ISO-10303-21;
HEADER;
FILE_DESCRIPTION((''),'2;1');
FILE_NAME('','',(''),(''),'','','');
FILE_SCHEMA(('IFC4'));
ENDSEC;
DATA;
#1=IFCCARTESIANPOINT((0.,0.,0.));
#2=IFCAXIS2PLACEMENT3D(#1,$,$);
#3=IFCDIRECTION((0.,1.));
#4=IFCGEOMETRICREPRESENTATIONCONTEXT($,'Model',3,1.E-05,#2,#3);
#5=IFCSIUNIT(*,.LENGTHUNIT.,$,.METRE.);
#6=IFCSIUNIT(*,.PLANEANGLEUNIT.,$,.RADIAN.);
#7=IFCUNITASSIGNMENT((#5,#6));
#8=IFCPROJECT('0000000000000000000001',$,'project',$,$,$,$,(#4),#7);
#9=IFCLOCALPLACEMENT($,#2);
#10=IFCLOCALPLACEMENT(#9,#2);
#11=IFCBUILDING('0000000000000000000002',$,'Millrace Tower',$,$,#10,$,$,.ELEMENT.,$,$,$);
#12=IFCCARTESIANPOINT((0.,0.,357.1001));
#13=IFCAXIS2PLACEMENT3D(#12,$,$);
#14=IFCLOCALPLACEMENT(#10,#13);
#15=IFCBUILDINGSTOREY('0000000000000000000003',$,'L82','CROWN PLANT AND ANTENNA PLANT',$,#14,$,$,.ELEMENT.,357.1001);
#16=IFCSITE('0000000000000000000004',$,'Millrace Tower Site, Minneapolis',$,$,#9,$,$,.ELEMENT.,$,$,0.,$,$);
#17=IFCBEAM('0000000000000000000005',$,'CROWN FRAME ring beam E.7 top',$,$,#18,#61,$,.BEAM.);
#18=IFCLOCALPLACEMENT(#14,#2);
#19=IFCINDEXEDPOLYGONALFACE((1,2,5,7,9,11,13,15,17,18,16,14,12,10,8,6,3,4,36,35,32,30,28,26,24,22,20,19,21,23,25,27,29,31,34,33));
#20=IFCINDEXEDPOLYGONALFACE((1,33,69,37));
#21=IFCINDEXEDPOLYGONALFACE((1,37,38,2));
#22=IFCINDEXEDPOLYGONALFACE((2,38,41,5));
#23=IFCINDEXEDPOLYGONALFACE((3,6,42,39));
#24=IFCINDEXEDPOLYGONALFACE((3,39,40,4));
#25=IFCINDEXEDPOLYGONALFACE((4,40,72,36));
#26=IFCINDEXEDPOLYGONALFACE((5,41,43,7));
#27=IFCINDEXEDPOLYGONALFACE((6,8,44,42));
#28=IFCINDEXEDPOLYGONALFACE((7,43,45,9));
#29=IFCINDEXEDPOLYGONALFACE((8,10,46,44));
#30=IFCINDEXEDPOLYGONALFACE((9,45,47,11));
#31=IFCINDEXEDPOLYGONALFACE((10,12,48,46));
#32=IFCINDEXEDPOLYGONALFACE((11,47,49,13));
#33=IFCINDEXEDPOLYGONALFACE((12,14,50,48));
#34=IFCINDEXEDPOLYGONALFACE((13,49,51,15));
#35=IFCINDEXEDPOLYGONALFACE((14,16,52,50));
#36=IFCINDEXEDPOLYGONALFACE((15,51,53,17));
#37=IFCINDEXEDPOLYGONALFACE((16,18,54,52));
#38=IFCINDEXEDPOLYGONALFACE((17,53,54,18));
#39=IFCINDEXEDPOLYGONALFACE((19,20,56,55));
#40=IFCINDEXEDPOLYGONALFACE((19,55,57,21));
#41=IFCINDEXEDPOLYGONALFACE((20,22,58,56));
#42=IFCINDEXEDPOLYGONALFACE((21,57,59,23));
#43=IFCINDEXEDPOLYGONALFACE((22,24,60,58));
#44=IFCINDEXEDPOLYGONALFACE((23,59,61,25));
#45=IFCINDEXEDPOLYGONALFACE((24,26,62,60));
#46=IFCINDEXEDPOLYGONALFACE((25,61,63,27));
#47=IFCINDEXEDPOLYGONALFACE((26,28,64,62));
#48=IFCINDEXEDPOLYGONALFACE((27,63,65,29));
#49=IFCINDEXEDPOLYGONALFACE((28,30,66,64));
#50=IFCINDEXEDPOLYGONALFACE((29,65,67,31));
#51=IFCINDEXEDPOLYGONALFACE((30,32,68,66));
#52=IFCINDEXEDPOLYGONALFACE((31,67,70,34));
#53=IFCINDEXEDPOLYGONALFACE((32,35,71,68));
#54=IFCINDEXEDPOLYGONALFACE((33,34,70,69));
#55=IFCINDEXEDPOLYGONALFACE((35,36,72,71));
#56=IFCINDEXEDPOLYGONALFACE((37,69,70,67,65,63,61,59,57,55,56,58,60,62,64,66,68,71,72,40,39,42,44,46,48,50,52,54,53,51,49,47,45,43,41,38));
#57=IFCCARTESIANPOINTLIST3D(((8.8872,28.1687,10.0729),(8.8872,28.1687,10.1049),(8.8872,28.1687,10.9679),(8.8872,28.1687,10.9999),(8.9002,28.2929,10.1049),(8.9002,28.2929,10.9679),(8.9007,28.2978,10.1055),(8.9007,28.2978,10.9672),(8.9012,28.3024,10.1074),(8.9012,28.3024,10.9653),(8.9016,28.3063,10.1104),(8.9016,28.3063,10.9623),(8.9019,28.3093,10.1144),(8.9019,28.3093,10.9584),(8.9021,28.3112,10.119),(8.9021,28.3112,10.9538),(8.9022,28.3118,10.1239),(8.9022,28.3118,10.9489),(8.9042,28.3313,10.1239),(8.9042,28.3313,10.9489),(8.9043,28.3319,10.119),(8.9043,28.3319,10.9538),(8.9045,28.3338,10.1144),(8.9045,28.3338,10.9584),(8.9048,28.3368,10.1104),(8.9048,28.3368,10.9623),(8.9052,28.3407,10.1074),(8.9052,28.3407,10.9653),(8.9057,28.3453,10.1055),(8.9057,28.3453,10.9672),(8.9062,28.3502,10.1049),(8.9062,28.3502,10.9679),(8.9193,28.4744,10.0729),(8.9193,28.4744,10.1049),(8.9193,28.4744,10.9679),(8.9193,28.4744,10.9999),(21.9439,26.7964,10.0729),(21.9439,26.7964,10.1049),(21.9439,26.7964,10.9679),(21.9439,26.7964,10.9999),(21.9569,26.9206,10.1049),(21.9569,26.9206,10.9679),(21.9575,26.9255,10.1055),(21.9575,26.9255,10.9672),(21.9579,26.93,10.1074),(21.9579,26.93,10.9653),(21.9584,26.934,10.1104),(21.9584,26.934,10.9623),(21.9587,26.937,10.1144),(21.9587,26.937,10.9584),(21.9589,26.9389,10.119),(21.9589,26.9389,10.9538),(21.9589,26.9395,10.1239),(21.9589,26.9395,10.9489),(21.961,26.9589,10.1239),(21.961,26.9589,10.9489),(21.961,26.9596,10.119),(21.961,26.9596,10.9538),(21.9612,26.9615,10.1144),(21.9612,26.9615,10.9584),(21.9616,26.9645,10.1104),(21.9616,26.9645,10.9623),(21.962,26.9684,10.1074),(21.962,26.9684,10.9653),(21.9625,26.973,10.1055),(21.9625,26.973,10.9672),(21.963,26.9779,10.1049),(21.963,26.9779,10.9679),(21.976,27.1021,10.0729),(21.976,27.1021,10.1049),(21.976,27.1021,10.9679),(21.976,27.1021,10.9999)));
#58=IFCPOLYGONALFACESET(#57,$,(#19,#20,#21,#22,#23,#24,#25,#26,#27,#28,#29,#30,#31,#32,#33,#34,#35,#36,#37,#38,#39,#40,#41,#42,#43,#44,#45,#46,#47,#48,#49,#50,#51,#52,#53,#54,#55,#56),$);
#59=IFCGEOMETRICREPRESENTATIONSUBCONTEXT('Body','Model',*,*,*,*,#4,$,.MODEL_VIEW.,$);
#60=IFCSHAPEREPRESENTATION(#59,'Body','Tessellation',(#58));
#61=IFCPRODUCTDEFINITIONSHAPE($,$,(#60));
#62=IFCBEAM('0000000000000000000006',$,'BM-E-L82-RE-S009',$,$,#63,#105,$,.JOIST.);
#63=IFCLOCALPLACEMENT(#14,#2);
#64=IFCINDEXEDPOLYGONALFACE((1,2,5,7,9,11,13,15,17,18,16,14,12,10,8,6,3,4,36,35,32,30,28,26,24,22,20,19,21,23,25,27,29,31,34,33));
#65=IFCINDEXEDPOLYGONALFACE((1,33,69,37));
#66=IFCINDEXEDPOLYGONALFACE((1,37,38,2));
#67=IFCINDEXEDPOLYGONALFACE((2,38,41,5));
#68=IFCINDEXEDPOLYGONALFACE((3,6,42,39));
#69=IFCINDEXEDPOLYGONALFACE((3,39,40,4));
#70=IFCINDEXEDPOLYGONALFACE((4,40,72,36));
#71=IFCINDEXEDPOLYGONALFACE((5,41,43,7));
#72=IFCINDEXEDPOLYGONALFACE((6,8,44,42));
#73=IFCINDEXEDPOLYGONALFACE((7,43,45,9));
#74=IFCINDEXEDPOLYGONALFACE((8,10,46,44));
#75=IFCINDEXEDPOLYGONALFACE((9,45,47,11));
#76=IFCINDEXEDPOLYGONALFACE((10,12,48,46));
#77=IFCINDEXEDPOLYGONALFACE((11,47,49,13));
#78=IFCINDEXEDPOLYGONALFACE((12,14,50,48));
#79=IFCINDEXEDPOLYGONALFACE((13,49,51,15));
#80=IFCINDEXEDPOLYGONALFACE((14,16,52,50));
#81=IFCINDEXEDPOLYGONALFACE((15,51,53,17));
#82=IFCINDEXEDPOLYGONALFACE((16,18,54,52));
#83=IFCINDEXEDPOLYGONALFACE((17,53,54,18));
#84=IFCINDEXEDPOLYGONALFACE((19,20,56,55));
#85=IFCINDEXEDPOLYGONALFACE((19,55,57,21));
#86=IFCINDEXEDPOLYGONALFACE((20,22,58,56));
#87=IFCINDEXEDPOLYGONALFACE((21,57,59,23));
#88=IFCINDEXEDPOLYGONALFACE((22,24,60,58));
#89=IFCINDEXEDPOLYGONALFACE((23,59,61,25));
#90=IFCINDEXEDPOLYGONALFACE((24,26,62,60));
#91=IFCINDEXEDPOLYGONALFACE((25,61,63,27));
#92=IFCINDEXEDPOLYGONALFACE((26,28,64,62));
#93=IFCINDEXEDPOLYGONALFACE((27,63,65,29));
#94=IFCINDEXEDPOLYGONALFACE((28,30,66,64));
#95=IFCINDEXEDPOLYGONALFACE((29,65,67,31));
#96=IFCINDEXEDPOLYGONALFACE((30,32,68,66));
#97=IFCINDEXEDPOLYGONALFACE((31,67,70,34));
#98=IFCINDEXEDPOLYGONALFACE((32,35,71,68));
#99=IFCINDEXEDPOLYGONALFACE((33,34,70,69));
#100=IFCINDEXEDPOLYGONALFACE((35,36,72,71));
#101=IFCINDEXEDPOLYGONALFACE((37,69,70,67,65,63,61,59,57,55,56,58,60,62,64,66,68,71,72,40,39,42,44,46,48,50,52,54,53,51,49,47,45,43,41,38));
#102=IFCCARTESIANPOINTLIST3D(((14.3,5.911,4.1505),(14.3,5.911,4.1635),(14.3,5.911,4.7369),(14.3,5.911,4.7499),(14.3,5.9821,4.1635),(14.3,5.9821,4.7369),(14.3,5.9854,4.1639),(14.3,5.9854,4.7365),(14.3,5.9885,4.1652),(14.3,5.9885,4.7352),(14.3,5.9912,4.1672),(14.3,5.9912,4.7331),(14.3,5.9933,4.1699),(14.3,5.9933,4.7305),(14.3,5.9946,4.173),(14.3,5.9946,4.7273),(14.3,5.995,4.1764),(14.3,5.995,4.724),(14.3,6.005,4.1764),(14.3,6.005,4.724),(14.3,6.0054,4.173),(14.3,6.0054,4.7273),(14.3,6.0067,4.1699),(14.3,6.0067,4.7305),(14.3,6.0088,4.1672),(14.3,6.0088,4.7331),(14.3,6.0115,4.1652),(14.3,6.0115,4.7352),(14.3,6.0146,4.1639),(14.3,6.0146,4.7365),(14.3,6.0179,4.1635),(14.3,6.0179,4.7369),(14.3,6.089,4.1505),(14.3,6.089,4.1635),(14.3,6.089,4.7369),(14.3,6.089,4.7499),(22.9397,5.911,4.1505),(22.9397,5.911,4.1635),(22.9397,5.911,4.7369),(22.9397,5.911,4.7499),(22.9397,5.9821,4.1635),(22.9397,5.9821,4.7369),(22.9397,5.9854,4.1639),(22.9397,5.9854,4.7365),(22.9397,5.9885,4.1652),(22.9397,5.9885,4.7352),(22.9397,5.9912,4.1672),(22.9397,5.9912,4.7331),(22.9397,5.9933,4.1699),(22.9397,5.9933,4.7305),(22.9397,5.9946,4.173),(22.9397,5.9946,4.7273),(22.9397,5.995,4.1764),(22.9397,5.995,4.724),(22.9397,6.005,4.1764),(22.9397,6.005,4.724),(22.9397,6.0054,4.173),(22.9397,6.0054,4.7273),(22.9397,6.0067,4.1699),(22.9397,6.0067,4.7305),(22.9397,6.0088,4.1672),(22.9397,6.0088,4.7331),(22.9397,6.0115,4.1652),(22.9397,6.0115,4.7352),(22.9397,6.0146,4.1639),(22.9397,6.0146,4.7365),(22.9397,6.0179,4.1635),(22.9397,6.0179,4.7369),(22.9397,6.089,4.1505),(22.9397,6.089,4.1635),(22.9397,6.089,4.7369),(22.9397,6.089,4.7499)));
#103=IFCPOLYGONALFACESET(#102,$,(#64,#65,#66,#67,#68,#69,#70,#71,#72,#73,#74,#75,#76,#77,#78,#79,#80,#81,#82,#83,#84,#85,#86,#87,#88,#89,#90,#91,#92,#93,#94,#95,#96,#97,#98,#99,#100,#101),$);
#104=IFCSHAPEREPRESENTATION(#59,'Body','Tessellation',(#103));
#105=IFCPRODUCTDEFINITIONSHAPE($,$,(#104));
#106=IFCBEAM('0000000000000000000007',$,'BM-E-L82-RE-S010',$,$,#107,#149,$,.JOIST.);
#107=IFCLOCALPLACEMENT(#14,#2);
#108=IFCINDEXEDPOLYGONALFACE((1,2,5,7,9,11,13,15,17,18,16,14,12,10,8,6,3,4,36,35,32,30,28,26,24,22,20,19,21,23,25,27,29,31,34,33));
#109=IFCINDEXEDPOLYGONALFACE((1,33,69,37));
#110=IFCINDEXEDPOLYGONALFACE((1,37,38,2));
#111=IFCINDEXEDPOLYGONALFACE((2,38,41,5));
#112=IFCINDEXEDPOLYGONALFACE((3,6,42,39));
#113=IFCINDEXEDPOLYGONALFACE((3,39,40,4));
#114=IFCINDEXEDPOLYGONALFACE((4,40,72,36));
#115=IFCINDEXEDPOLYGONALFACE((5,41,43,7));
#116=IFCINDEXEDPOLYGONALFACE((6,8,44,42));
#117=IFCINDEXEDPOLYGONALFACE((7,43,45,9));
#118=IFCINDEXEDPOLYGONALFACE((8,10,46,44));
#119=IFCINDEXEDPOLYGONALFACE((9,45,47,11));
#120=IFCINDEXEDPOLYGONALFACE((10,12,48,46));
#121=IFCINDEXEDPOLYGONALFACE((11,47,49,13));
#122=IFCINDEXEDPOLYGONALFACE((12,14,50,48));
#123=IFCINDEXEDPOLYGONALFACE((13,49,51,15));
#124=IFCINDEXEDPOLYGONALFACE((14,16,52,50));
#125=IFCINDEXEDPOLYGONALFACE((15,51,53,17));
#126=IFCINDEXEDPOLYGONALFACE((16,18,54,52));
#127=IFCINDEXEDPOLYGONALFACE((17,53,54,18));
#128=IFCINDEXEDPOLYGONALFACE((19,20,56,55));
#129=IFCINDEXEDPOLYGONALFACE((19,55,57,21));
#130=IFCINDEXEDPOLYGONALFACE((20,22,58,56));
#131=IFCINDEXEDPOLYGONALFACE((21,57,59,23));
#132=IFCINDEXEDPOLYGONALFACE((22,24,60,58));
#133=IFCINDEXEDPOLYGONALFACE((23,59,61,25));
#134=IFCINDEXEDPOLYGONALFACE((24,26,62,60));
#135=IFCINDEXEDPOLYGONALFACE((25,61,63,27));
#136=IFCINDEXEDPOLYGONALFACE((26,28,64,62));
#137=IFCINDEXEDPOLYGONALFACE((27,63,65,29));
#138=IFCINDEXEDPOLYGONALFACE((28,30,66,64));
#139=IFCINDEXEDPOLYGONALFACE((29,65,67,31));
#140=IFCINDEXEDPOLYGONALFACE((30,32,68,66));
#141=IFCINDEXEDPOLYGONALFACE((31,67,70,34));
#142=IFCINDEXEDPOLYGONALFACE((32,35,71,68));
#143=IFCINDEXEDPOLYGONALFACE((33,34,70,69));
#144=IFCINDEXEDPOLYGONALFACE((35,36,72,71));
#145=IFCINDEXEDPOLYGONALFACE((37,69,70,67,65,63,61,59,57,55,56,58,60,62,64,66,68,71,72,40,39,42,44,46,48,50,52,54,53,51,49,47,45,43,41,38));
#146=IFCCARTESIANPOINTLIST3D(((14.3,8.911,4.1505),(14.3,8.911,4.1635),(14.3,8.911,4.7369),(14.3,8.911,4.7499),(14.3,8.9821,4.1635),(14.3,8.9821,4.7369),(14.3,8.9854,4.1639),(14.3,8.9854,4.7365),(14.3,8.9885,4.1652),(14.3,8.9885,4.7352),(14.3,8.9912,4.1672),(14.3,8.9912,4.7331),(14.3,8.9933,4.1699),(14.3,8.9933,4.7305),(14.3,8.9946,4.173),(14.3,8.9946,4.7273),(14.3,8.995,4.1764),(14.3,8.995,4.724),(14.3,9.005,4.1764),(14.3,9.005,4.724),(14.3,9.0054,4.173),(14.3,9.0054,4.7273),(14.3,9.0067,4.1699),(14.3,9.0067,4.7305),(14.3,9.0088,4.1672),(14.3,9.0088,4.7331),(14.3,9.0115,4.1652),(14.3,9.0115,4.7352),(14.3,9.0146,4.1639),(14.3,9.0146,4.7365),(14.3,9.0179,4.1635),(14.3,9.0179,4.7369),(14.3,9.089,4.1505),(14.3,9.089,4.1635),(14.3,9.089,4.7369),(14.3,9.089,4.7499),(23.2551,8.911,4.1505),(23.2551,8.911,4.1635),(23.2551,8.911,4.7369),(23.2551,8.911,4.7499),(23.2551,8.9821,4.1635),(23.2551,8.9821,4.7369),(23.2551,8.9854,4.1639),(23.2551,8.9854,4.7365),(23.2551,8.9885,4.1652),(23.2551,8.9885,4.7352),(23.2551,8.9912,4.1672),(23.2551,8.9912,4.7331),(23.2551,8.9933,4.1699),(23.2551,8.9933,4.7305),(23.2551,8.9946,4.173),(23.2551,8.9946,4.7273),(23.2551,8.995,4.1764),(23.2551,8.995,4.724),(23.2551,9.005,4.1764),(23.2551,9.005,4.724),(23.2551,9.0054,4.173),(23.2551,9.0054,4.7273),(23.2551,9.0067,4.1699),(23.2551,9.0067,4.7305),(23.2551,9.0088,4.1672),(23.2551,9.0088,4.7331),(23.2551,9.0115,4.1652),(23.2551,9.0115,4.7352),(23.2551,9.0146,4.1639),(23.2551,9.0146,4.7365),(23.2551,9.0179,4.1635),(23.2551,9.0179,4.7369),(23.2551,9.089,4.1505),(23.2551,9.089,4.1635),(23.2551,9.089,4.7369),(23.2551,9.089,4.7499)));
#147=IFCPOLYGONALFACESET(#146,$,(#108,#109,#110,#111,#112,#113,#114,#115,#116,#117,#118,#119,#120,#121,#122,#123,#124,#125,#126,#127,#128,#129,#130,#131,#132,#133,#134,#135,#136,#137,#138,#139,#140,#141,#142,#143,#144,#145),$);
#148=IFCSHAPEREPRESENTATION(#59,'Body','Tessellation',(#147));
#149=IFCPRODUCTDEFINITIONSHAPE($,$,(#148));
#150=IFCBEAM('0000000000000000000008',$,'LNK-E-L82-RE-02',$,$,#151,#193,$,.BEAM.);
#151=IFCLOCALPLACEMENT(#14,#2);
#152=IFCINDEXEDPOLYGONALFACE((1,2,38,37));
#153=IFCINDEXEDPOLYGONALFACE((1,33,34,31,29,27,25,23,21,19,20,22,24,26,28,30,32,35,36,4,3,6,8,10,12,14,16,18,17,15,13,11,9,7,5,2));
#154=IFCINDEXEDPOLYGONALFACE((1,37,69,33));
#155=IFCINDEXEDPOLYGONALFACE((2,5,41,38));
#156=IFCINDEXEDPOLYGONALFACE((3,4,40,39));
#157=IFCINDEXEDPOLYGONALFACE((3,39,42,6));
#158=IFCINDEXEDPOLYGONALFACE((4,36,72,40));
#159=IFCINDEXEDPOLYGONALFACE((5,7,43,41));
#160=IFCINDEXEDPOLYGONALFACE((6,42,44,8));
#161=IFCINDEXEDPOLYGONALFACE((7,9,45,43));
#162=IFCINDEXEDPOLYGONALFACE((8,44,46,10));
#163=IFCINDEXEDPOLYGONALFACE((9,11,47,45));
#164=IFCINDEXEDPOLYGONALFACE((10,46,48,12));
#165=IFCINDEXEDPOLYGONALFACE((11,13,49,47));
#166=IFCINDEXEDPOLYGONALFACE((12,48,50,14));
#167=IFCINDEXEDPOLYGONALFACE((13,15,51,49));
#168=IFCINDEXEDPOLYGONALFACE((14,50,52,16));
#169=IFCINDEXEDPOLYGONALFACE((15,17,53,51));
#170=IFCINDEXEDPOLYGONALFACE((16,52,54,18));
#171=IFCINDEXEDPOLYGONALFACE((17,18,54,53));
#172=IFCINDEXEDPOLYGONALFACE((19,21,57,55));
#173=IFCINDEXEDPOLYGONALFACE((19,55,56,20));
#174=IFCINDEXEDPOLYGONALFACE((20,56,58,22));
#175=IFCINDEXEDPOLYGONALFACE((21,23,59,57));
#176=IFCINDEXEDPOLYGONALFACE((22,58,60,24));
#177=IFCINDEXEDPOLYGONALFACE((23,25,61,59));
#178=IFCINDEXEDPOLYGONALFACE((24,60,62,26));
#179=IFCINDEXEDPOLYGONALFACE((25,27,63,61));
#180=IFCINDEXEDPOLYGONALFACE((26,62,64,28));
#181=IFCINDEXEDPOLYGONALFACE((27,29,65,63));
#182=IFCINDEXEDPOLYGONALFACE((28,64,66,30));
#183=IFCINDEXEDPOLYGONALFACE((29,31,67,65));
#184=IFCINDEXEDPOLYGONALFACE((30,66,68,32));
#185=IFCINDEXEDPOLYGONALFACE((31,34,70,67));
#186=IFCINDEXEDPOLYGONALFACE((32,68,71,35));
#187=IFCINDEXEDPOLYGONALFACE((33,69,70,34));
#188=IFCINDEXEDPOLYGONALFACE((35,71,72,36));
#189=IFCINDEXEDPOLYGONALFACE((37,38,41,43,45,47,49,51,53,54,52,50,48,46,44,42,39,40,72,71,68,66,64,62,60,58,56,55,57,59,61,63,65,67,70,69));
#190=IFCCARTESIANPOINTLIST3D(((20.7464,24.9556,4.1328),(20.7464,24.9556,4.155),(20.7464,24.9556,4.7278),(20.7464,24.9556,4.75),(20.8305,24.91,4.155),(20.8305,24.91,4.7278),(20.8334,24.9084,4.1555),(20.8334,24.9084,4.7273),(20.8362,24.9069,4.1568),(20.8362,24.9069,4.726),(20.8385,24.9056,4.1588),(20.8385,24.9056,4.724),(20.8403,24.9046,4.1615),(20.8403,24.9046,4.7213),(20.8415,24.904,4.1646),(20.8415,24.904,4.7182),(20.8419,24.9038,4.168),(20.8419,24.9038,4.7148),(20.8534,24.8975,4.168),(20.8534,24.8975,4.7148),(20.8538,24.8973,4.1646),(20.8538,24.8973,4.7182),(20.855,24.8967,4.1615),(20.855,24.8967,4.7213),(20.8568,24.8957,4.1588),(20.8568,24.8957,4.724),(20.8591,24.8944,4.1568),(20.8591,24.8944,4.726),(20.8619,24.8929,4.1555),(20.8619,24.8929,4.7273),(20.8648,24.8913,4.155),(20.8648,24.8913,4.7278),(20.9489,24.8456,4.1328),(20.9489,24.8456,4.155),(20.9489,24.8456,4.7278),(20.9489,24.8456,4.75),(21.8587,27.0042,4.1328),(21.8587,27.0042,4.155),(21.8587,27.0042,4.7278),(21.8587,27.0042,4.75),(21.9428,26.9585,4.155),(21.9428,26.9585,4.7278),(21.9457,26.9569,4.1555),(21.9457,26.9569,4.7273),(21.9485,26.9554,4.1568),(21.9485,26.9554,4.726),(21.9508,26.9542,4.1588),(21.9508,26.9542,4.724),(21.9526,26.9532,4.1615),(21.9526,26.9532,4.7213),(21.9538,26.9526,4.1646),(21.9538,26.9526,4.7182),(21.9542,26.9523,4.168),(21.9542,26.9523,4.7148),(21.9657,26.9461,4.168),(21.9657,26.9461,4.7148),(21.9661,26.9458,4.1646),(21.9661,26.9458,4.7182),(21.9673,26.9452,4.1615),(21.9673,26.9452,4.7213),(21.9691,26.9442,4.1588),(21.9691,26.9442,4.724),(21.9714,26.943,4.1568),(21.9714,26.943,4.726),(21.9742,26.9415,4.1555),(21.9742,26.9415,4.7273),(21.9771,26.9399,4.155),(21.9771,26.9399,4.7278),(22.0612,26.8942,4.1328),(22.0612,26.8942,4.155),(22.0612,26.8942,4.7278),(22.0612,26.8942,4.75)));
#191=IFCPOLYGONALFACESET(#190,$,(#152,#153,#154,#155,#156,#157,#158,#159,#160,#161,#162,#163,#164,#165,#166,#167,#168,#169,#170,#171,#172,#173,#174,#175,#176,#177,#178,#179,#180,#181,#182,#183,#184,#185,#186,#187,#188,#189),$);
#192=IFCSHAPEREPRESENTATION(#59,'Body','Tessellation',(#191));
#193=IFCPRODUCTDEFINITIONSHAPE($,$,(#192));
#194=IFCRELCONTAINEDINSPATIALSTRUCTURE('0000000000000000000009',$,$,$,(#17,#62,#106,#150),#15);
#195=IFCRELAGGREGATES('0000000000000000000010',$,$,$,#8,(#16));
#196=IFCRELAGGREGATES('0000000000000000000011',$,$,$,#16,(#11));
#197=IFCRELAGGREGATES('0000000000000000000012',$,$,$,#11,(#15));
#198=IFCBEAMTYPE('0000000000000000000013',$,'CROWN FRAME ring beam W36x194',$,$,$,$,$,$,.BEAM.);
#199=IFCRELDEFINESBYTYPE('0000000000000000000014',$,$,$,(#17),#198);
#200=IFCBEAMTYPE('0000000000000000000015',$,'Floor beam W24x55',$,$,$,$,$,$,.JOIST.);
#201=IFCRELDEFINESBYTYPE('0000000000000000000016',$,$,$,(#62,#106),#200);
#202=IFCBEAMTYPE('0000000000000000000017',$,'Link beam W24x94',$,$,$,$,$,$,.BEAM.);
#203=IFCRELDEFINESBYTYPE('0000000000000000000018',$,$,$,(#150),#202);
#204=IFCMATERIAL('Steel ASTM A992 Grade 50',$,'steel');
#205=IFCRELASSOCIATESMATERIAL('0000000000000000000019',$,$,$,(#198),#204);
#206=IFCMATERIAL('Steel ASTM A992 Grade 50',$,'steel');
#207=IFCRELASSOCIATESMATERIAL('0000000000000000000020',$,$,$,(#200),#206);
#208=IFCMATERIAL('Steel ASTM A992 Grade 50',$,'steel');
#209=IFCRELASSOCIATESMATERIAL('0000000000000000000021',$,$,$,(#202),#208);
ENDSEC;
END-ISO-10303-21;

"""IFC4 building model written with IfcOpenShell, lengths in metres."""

from ifc_helpers import new_model, si_unit, direction, frame, origin, origin_2d, place, context, subcontext, project, spatial, i_section, extrude, material, material_profile, profile_set, type_object, element, save


model = new_model("IFC4")

# Units and contexts
model_context = context("Model", 3, precision=1e-05, world=origin(), true_north=direction((0.0, 1.0)))
body_context = subcontext(model_context, "Body", "Model", "MODEL_VIEW")
ifc_project = project(units=[si_unit("LENGTHUNIT", "METRE"), si_unit("PLANEANGLEUNIT", "RADIAN")], contexts=[model_context])

# Site, building, storey
site_placement = place(None, origin())
site = spatial("IfcSite", under=ifc_project, at=site_placement, Name="Millrace Tower Site, Minneapolis", CompositionType="ELEMENT", RefElevation=0.0)
building_placement = place(site_placement, origin())
building = spatial("IfcBuilding", under=site, at=building_placement, Name="Millrace Tower", CompositionType="ELEMENT")
storey_placement = place(building_placement, frame((0.0, 0.0, 357.1001)))
storey = spatial("IfcBuildingStorey", under=building, at=storey_placement, Name="L82", Description="CROWN PLANT AND ANTENNA PLANT", CompositionType="ELEMENT", Elevation=357.1001)

# Beams
ifc_material_1 = material(Name="Steel ASTM A992 Grade 50", Category="steel")
ifc_material_profile_1 = material_profile(ifc_material_1, i_section(OverallWidth=0.3074, OverallDepth=0.927, WebThickness=0.0195, FlangeThickness=0.032, FilletRadius=0.019, at=origin_2d()))
ifc_profile_set_1 = profile_set([ifc_material_profile_1], Name="Steel ASTM A992 Grade 50")
beam_type_1 = type_object("IfcBeamType", Name="CROWN FRAME ring beam W36x194", PredefinedType="BEAM", material=ifc_profile_set_1)
for number, where, z_axis, x_axis, name in (
    (1, (21.96, 26.9492, 10.5364), (-0.994522, 0.104529, 0.0), (-0.104529, -0.994522, 0.0), "CROWN FRAME ring beam E.7 top"),
):
    element("IfcBeam", number, at=place(storey_placement, frame(where, z_axis=z_axis, x_axis=x_axis)), inside=storey, type_object=beam_type_1, Name=name, PredefinedType="BEAM", context=body_context, shape_type="SweptSolid", body=[
        extrude(i_section(OverallWidth=0.3074, OverallDepth=0.927, WebThickness=0.0195, FlangeThickness=0.032, FilletRadius=0.019, at=origin_2d()), origin(), (0.0, 0.0, 1.0), 13.1287),
    ])
ifc_material_2 = material(Name="Steel ASTM A992 Grade 50", Category="steel")
ifc_material_profile_2 = material_profile(ifc_material_2, i_section(OverallWidth=0.178, OverallDepth=0.5994, WebThickness=0.01, FlangeThickness=0.0129, FilletRadius=0.0129, at=origin_2d()))
ifc_profile_set_2 = profile_set([ifc_material_profile_2], Name="Steel ASTM A992 Grade 50")
beam_type_2 = type_object("IfcBeamType", Name="Floor beam W24x55", PredefinedType="JOIST", material=ifc_profile_set_2)
beam_1_placement = place(storey_placement, frame((14.3, 6.0, 4.4502), z_axis=(1.0, 0.0, 0.0), x_axis=(0.0, 1.0, 0.0)))
element("IfcBeam", 2, at=beam_1_placement, inside=storey, type_object=beam_type_2, Name="BM-E-L82-RE-S009", PredefinedType="JOIST", context=body_context, shape_type="SweptSolid", body=[
    extrude(i_section(OverallWidth=0.178, OverallDepth=0.5994, WebThickness=0.01, FlangeThickness=0.0129, FilletRadius=0.0129, at=origin_2d()), origin(), (0.0, 0.0, 1.0), 8.6396),
])
beam_2_placement = place(storey_placement, frame((14.3, 9.0, 4.4502), z_axis=(1.0, 0.0, 0.0), x_axis=(0.0, 1.0, 0.0)))
element("IfcBeam", 3, at=beam_2_placement, inside=storey, type_object=beam_type_2, Name="BM-E-L82-RE-S010", PredefinedType="JOIST", context=body_context, shape_type="SweptSolid", body=[
    extrude(i_section(OverallWidth=0.178, OverallDepth=0.5994, WebThickness=0.01, FlangeThickness=0.0129, FilletRadius=0.0129, at=origin_2d()), origin(), (0.0, 0.0, 1.0), 8.9551),
])
ifc_material_3 = material(Name="Steel ASTM A992 Grade 50", Category="steel")
ifc_material_profile_3 = material_profile(ifc_material_3, i_section(OverallWidth=0.2305, OverallDepth=0.6172, WebThickness=0.0132, FlangeThickness=0.0222, FilletRadius=0.0129, at=origin_2d()))
ifc_profile_set_3 = profile_set([ifc_material_profile_3], Name="Steel ASTM A992 Grade 50")
beam_type_3 = type_object("IfcBeamType", Name="Link beam W24x94", PredefinedType="BEAM", material=ifc_profile_set_3)
for number, where, z_axis, x_axis, name in (
    (4, (20.8477, 24.9006, 4.4414), (0.477164, 0.878815, 0.0), (-0.878815, 0.477164, 0.0), "LNK-E-L82-RE-02"),
):
    element("IfcBeam", number, at=place(storey_placement, frame(where, z_axis=z_axis, x_axis=x_axis)), inside=storey, type_object=beam_type_3, Name=name, PredefinedType="BEAM", context=body_context, shape_type="SweptSolid", body=[
        extrude(i_section(OverallWidth=0.2305, OverallDepth=0.6172, WebThickness=0.0132, FlangeThickness=0.0222, FilletRadius=0.0129, at=origin_2d()), origin(), (0.0, 0.0, 1.0), 2.3311),
    ])

save(model, "model.ifc")
